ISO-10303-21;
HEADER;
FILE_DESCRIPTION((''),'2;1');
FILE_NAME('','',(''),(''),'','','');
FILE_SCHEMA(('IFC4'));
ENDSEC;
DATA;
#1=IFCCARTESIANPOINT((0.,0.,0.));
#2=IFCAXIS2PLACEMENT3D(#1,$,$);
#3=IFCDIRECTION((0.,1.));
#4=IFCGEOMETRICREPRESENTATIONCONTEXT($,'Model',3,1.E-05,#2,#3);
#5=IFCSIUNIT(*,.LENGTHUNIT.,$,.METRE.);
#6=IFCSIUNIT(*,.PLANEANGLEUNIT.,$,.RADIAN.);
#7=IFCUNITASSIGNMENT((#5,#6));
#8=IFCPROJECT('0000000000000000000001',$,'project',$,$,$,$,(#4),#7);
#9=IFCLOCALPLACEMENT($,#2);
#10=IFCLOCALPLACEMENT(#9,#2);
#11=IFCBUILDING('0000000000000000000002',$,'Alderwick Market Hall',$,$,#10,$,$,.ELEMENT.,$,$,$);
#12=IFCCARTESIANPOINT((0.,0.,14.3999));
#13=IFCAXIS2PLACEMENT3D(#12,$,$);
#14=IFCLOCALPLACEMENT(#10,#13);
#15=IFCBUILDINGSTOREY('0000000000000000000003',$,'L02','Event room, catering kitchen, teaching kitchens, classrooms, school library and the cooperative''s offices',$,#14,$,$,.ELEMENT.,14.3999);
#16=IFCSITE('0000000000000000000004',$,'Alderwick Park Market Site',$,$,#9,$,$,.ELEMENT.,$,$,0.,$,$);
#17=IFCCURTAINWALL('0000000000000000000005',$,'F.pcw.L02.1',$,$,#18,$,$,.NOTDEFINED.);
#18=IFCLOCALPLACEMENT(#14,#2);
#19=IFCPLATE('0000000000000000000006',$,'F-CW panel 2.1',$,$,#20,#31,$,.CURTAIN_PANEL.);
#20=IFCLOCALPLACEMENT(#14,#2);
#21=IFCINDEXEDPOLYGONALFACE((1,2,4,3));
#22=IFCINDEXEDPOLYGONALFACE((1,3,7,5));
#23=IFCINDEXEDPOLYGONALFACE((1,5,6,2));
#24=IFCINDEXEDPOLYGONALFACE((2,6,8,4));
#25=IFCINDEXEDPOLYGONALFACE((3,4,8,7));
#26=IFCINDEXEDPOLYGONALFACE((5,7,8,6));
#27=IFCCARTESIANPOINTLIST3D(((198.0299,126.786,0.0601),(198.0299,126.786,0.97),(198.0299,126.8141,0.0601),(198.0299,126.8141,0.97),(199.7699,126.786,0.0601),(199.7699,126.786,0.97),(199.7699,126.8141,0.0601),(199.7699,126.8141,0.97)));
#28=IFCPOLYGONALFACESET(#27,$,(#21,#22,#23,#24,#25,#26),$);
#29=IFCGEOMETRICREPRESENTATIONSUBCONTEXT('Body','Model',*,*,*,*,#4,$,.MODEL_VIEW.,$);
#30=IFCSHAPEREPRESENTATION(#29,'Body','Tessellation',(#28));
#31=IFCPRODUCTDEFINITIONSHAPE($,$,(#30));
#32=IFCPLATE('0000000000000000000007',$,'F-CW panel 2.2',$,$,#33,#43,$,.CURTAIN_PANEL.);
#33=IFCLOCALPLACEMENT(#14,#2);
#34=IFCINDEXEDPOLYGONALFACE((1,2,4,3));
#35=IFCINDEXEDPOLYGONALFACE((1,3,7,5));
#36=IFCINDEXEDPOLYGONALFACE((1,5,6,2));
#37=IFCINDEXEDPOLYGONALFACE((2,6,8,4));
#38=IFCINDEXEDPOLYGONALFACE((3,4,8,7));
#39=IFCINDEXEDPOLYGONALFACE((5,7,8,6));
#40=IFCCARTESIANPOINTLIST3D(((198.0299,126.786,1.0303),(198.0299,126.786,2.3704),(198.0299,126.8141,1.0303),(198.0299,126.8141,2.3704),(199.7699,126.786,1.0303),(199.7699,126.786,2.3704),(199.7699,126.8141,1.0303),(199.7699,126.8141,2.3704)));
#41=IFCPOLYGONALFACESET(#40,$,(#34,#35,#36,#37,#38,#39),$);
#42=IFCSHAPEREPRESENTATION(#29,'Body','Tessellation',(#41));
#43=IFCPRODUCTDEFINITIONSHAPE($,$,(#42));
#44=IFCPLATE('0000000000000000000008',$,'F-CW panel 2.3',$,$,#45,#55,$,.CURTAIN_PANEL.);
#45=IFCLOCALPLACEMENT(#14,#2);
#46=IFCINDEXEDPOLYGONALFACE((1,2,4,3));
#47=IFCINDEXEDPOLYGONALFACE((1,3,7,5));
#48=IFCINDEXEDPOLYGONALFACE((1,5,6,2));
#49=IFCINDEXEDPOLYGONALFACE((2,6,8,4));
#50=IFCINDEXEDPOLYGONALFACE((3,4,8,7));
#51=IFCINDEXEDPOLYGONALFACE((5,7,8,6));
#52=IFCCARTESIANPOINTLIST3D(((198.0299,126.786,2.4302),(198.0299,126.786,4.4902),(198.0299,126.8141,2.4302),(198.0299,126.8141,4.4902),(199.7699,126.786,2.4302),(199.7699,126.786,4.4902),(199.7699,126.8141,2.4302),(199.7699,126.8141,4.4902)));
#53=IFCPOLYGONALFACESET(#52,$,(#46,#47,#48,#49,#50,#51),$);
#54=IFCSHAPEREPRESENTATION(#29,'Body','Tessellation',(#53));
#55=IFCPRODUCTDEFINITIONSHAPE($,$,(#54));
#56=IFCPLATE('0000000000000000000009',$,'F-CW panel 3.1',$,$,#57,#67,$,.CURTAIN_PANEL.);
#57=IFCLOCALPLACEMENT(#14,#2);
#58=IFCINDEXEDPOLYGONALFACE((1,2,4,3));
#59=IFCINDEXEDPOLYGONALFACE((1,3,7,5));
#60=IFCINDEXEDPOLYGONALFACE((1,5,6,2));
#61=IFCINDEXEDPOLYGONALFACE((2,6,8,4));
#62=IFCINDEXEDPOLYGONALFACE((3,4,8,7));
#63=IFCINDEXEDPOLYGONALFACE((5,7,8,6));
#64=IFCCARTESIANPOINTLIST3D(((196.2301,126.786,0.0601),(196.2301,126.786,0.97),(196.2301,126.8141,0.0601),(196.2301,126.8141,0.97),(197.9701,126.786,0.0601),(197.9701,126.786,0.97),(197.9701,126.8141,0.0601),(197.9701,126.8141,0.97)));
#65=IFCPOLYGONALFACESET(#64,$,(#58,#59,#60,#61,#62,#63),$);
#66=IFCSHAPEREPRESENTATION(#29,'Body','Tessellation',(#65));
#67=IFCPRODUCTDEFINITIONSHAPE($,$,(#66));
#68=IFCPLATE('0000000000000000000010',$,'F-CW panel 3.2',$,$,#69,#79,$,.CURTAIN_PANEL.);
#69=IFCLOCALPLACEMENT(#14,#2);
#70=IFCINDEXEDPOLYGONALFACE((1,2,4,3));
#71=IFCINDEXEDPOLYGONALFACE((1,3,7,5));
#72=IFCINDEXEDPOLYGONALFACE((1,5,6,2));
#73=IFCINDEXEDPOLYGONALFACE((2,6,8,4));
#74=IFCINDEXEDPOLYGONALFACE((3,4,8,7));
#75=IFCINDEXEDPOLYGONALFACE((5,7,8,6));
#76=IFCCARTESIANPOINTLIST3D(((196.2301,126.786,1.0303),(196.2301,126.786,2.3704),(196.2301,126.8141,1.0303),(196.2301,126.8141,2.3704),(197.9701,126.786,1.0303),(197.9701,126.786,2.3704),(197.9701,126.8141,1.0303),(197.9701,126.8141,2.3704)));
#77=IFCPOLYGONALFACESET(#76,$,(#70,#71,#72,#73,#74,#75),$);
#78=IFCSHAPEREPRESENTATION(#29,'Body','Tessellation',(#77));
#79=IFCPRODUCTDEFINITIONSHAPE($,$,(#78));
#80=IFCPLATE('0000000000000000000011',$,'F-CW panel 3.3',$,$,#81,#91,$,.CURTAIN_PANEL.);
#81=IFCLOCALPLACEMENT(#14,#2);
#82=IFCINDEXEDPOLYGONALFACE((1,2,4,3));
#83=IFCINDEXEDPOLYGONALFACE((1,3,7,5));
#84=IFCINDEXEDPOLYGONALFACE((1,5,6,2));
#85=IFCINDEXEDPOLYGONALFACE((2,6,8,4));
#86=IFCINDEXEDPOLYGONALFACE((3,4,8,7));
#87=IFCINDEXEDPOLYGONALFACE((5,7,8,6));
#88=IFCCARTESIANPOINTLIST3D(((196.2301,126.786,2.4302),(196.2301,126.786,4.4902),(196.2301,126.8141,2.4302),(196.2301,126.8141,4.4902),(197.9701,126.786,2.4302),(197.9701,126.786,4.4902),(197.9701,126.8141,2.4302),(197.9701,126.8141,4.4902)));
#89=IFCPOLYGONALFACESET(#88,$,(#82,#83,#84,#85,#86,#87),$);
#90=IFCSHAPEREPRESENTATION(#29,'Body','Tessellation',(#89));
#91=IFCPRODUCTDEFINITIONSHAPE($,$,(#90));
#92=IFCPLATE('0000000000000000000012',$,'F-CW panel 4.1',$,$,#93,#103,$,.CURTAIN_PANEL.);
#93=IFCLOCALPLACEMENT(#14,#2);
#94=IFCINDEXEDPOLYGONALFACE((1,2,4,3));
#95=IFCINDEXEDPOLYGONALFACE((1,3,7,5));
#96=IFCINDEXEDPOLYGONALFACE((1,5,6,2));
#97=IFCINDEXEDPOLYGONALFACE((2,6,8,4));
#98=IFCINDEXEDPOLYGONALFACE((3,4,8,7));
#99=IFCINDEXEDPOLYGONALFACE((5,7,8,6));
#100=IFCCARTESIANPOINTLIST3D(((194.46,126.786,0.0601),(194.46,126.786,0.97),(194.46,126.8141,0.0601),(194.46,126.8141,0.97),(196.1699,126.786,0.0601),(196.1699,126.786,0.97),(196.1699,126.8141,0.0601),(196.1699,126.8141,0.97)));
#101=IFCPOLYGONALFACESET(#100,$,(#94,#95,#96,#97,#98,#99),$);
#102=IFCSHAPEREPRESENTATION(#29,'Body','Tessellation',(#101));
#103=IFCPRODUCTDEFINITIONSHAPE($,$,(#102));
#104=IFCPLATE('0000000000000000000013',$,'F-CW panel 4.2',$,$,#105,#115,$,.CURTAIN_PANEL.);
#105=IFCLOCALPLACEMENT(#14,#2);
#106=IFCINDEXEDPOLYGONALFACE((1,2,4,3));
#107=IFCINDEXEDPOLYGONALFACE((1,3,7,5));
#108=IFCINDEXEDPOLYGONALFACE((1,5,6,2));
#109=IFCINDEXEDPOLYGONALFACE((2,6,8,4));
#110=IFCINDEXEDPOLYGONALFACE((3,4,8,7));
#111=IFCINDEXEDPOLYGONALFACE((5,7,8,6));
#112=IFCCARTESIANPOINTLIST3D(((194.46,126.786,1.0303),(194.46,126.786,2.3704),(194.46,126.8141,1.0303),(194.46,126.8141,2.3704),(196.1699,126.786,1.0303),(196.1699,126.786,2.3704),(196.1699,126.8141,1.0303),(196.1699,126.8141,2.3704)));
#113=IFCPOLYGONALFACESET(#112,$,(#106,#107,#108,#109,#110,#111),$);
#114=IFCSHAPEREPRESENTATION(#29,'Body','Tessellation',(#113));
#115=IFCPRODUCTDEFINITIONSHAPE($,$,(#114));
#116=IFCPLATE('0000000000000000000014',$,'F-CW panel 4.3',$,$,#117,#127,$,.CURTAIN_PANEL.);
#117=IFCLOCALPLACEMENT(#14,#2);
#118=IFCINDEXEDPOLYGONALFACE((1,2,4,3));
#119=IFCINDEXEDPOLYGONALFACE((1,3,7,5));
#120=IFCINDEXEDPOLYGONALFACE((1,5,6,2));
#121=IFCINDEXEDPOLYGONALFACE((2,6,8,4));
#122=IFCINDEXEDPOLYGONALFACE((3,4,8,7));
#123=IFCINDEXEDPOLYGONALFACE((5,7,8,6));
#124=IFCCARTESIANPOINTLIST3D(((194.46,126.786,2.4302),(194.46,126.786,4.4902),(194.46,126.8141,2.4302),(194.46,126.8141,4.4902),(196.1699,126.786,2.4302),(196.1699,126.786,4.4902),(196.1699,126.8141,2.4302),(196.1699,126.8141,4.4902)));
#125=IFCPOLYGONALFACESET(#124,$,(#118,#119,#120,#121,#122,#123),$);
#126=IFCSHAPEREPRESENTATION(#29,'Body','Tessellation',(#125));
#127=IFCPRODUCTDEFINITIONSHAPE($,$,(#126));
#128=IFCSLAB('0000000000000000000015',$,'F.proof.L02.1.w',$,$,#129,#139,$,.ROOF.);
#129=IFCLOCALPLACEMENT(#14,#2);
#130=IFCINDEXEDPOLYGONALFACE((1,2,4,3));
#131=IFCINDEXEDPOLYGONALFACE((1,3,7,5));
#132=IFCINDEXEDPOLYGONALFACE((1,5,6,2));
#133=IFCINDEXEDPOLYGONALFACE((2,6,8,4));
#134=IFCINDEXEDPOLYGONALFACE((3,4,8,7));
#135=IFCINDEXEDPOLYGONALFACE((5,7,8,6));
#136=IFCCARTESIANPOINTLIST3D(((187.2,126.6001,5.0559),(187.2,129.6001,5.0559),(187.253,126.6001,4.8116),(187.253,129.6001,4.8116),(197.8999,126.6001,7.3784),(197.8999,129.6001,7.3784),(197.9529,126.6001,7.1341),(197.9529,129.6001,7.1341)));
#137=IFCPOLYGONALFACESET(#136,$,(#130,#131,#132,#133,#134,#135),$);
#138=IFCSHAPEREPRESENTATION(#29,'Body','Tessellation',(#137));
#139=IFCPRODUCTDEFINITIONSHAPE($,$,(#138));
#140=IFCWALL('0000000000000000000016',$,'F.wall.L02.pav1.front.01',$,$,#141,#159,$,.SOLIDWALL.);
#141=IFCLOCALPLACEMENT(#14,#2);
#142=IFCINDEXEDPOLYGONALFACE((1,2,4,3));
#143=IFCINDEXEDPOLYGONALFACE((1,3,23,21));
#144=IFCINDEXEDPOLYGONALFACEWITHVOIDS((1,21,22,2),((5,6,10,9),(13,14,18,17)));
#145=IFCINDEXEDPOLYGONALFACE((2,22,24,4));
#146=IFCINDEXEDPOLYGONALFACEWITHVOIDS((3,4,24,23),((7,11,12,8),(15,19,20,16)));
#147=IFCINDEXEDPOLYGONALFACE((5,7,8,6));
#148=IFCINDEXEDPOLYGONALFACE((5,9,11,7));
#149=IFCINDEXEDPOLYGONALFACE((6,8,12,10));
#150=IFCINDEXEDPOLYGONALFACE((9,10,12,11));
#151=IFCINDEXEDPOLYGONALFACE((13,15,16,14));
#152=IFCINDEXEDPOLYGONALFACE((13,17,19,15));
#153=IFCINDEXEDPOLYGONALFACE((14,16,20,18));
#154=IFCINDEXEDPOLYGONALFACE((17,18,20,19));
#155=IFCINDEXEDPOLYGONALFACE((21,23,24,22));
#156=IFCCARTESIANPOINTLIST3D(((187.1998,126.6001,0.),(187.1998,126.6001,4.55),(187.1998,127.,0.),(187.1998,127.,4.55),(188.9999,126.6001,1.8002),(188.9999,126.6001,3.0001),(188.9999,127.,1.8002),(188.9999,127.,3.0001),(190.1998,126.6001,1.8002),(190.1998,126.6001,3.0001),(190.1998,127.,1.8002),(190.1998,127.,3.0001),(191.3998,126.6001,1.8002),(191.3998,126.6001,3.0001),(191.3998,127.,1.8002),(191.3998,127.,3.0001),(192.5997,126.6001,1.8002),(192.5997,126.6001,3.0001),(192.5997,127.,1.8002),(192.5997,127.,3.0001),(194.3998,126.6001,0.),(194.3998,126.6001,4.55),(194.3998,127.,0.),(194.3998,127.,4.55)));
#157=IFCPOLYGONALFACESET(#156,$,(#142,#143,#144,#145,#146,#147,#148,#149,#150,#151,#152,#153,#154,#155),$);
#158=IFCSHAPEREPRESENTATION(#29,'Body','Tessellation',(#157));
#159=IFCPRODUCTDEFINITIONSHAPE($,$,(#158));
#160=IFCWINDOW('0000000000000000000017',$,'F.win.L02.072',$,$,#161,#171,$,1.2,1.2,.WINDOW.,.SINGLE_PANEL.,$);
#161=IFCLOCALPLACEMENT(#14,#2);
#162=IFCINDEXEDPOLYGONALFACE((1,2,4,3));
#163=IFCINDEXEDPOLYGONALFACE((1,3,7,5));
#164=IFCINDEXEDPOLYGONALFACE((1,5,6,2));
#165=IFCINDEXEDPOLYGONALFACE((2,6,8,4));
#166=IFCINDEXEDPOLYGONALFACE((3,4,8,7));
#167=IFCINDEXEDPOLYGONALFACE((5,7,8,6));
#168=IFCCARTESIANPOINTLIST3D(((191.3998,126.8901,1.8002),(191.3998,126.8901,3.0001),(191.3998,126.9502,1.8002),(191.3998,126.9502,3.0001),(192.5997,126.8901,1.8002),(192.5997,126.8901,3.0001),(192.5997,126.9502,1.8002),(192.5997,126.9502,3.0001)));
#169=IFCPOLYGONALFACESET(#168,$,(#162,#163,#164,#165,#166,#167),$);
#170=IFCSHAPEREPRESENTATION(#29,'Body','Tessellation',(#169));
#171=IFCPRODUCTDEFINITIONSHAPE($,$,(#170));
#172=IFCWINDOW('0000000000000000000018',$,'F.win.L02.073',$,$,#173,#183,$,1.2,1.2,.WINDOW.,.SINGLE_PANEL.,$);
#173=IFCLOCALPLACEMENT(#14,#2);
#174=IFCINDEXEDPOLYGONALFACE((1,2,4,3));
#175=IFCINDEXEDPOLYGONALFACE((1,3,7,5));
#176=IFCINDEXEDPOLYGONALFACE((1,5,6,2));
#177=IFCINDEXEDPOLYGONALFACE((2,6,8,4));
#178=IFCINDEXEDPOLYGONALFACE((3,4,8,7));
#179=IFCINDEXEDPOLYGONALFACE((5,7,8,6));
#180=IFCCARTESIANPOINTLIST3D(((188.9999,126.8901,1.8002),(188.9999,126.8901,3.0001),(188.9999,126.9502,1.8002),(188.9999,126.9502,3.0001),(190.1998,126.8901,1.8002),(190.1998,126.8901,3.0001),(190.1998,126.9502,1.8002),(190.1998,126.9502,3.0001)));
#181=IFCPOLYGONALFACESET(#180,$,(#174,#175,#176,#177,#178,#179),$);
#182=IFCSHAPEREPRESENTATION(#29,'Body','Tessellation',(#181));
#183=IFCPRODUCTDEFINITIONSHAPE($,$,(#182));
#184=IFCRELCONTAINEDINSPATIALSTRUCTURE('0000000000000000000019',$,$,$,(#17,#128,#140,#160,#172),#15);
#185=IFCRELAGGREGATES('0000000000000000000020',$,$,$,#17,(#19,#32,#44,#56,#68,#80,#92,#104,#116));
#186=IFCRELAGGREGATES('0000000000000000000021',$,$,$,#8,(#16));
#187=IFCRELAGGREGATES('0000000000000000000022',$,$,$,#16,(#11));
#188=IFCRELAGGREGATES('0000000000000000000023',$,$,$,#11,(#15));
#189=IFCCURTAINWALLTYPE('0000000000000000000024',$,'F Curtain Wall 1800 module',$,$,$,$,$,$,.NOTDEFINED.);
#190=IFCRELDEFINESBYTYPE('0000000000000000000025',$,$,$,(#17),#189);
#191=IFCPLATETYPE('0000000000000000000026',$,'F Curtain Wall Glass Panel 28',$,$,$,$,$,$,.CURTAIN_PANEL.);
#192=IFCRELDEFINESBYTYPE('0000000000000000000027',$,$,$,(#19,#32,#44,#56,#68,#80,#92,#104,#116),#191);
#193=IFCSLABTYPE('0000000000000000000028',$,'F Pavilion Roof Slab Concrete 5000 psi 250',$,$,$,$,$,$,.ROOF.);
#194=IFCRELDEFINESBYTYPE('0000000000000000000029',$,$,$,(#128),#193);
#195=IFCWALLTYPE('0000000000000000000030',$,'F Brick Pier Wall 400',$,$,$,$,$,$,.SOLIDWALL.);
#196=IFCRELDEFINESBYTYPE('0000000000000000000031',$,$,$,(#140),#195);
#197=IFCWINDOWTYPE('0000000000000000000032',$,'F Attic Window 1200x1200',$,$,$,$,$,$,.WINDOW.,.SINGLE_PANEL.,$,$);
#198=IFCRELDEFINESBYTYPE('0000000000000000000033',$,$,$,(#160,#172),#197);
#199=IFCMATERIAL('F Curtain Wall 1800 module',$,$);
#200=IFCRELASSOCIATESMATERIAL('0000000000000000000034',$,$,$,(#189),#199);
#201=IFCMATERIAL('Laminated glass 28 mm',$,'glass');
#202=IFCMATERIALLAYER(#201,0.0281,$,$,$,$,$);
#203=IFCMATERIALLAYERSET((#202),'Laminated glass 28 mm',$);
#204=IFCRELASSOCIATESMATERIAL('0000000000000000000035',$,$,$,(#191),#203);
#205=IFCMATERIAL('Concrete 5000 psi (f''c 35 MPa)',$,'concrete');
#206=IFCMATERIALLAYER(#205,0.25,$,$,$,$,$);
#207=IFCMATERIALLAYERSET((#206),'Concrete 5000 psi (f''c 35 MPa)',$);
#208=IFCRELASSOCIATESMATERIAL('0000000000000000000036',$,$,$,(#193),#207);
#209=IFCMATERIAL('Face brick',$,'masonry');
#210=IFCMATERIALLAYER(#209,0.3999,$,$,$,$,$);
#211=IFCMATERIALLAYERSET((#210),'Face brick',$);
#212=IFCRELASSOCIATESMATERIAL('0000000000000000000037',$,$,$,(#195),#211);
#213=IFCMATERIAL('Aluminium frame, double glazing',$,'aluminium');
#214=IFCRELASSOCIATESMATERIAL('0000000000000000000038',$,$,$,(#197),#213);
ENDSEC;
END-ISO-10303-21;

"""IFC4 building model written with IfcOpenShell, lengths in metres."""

from ifc_helpers import new_model, si_unit, direction, frame, frame_2d, origin, origin_2d, place, context, subcontext, project, spatial, polyline, rectangle, outline, extrude, material, layer, layer_set, type_object, element, fill, aggregate, save


model = new_model("IFC4")

# Units and contexts
model_context = context("Model", 3, precision=1e-05, world=origin(), true_north=direction((0.0, 1.0)))
body_context = subcontext(model_context, "Body", "Model", "MODEL_VIEW")
ifc_project = project(units=[si_unit("LENGTHUNIT", "METRE"), si_unit("PLANEANGLEUNIT", "RADIAN")], contexts=[model_context])

# Site, building, storey
site_placement = place(None, origin())
site = spatial("IfcSite", under=ifc_project, at=site_placement, Name="Alderwick Park Market Site", CompositionType="ELEMENT", RefElevation=0.0)
building_placement = place(site_placement, origin())
building = spatial("IfcBuilding", under=site, at=building_placement, Name="Alderwick Market Hall", CompositionType="ELEMENT")
storey_placement = place(building_placement, frame((0.0, 0.0, 14.3999)))
storey = spatial("IfcBuildingStorey", under=building, at=storey_placement, Name="L02", Description="Event room, catering kitchen, teaching kitchens, classrooms, school library and the cooperative's offices", CompositionType="ELEMENT", Elevation=14.3999)

# Curtain wall, plates
ifc_material_1 = material(Name="F Curtain Wall 1800 module")
curtain_wall_type = type_object("IfcCurtainWallType", Name="F Curtain Wall 1800 module", PredefinedType="NOTDEFINED", material=ifc_material_1)
curtain_wall_placement = place(storey_placement, origin())
curtain_wall = element("IfcCurtainWall", 1, at=curtain_wall_placement, inside=storey, type_object=curtain_wall_type, Name="F.pcw.L02.1", PredefinedType="NOTDEFINED")
ifc_material_2 = material(Name="Laminated glass 28 mm", Category="glass")
ifc_layer_1 = layer(ifc_material_2, 0.0281)
ifc_layer_set_1 = layer_set([ifc_layer_1], Name="Laminated glass 28 mm")
plate_type = type_object("IfcPlateType", Name="F Curtain Wall Glass Panel 28", PredefinedType="CURTAIN_PANEL", material=ifc_layer_set_1)
plate_1_placement = place(storey_placement, frame((198.8999, 126.8, 0.0601), z_axis=(0.0, 0.0, 1.0), x_axis=(-1.0, 0.0, 0.0)))
plate_1 = element("IfcPlate", 2, at=plate_1_placement, type_object=plate_type, Name="F-CW panel 2.1", PredefinedType="CURTAIN_PANEL", context=body_context, shape_type="SweptSolid", body=[
    extrude(rectangle(XDim=1.74, YDim=0.0281, at=origin_2d()), origin(), (0.0, 0.0, 1.0), 0.9099),
])
plate_2_placement = place(storey_placement, frame((198.8999, 126.8, 1.0303), z_axis=(0.0, 0.0, 1.0), x_axis=(-1.0, 0.0, 0.0)))
plate_2 = element("IfcPlate", 3, at=plate_2_placement, type_object=plate_type, Name="F-CW panel 2.2", PredefinedType="CURTAIN_PANEL", context=body_context, shape_type="SweptSolid", body=[
    extrude(rectangle(XDim=1.74, YDim=0.0281, at=origin_2d()), origin(), (0.0, 0.0, 1.0), 1.3401),
])
plate_3_placement = place(storey_placement, frame((198.8999, 126.8, 2.4302), z_axis=(0.0, 0.0, 1.0), x_axis=(-1.0, 0.0, 0.0)))
plate_3 = element("IfcPlate", 4, at=plate_3_placement, type_object=plate_type, Name="F-CW panel 2.3", PredefinedType="CURTAIN_PANEL", context=body_context, shape_type="SweptSolid", body=[
    extrude(rectangle(XDim=1.74, YDim=0.0281, at=origin_2d()), origin(), (0.0, 0.0, 1.0), 2.0601),
])
plate_4_placement = place(storey_placement, frame((197.1001, 126.8, 0.0601), z_axis=(0.0, 0.0, 1.0), x_axis=(-1.0, 0.0, 0.0)))
plate_4 = element("IfcPlate", 5, at=plate_4_placement, type_object=plate_type, Name="F-CW panel 3.1", PredefinedType="CURTAIN_PANEL", context=body_context, shape_type="SweptSolid", body=[
    extrude(rectangle(XDim=1.74, YDim=0.0281, at=origin_2d()), origin(), (0.0, 0.0, 1.0), 0.9099),
])
plate_5_placement = place(storey_placement, frame((197.1001, 126.8, 1.0303), z_axis=(0.0, 0.0, 1.0), x_axis=(-1.0, 0.0, 0.0)))
plate_5 = element("IfcPlate", 6, at=plate_5_placement, type_object=plate_type, Name="F-CW panel 3.2", PredefinedType="CURTAIN_PANEL", context=body_context, shape_type="SweptSolid", body=[
    extrude(rectangle(XDim=1.74, YDim=0.0281, at=origin_2d()), origin(), (0.0, 0.0, 1.0), 1.3401),
])
plate_6_placement = place(storey_placement, frame((197.1001, 126.8, 2.4302), z_axis=(0.0, 0.0, 1.0), x_axis=(-1.0, 0.0, 0.0)))
plate_6 = element("IfcPlate", 7, at=plate_6_placement, type_object=plate_type, Name="F-CW panel 3.3", PredefinedType="CURTAIN_PANEL", context=body_context, shape_type="SweptSolid", body=[
    extrude(rectangle(XDim=1.74, YDim=0.0281, at=origin_2d()), origin(), (0.0, 0.0, 1.0), 2.0601),
])
plate_7_placement = place(storey_placement, frame((195.3149, 126.8, 0.0601), z_axis=(0.0, 0.0, 1.0), x_axis=(-1.0, 0.0, 0.0)))
plate_7 = element("IfcPlate", 8, at=plate_7_placement, type_object=plate_type, Name="F-CW panel 4.1", PredefinedType="CURTAIN_PANEL", context=body_context, shape_type="SweptSolid", body=[
    extrude(rectangle(XDim=1.71, YDim=0.0281, at=origin_2d()), origin(), (0.0, 0.0, 1.0), 0.9099),
])
plate_8_placement = place(storey_placement, frame((195.3149, 126.8, 1.0303), z_axis=(0.0, 0.0, 1.0), x_axis=(-1.0, 0.0, 0.0)))
plate_8 = element("IfcPlate", 9, at=plate_8_placement, type_object=plate_type, Name="F-CW panel 4.2", PredefinedType="CURTAIN_PANEL", context=body_context, shape_type="SweptSolid", body=[
    extrude(rectangle(XDim=1.71, YDim=0.0281, at=origin_2d()), origin(), (0.0, 0.0, 1.0), 1.3401),
])
plate_9_placement = place(storey_placement, frame((195.3149, 126.8, 2.4302), z_axis=(0.0, 0.0, 1.0), x_axis=(-1.0, 0.0, 0.0)))
plate_9 = element("IfcPlate", 10, at=plate_9_placement, type_object=plate_type, Name="F-CW panel 4.3", PredefinedType="CURTAIN_PANEL", context=body_context, shape_type="SweptSolid", body=[
    extrude(rectangle(XDim=1.71, YDim=0.0281, at=origin_2d()), origin(), (0.0, 0.0, 1.0), 2.0601),
])
aggregate(curtain_wall, [plate_1, plate_2, plate_3, plate_4, plate_5, plate_6, plate_7, plate_8, plate_9])

# Slab
ifc_material_3 = material(Name="Concrete 5000 psi (f'c 35 MPa)", Category="concrete")
ifc_layer_2 = layer(ifc_material_3, 0.25)
ifc_layer_set_2 = layer_set([ifc_layer_2], Name="Concrete 5000 psi (f'c 35 MPa)")
slab_type = type_object("IfcSlabType", Name="F Pavilion Roof Slab Concrete 5000 psi 250", PredefinedType="ROOF", material=ifc_layer_set_2)
slab_placement = place(storey_placement, frame((187.2, 126.6001, 5.0559), z_axis=(-0.212119, 0.0, 0.977244), x_axis=(0.0, 1.0, 0.0)))
element("IfcSlab", 11, at=slab_placement, inside=storey, type_object=slab_type, Name="F.proof.L02.1.w", PredefinedType="ROOF", context=body_context, shape_type="SweptSolid", body=[
    extrude(outline(polyline([(0.0, 0.0), (3.0, 0.0), (3.0, -10.9491), (0.0, -10.9491), (0.0, 0.0)])), origin(), (0.0, 0.0, -1.0), 0.25),
])

# Wall, openings, windows
ifc_material_4 = material(Name="Face brick", Category="masonry")
ifc_layer_3 = layer(ifc_material_4, 0.3999)
ifc_layer_set_3 = layer_set([ifc_layer_3], Name="Face brick")
wall_type = type_object("IfcWallType", Name="F Brick Pier Wall 400", PredefinedType="SOLIDWALL", material=ifc_layer_set_3)
wall_placement = place(storey_placement, frame((194.3999, 126.8, 0.0), z_axis=(0.0, 0.0, 1.0), x_axis=(-1.0, 0.0, 0.0)))
wall = element("IfcWall", 12, at=wall_placement, inside=storey, type_object=wall_type, Name="F.wall.L02.pav1.front.01", PredefinedType="SOLIDWALL", context=body_context, shape_type="SweptSolid", body=[
    extrude(rectangle(XDim=7.2, YDim=0.3999, at=frame_2d((3.6001, 0.0))), origin(), (0.0, 0.0, 1.0), 4.55),
])
opening_1_placement = place(wall_placement, frame((1.8, 0.0, 1.8)))
opening_1 = element("IfcOpeningElement", 13, at=opening_1_placement, cuts=wall, PredefinedType="OPENING", context=body_context, shape_type="SweptSolid", body=[
    extrude(rectangle(XDim=1.2, YDim=1.2, at=frame_2d((0.6001, 0.6001))), frame((0.0, 0.21, 0.0), z_axis=(0.0, -1.0, 0.0), x_axis=(1.0, 0.0, 0.0)), (0.0, 0.0, 1.0), 0.4199),
])
opening_2_placement = place(wall_placement, frame((4.2, 0.0, 1.8)))
opening_2 = element("IfcOpeningElement", 14, at=opening_2_placement, cuts=wall, PredefinedType="OPENING", context=body_context, shape_type="SweptSolid", body=[
    extrude(rectangle(XDim=1.2, YDim=1.2, at=frame_2d((0.6001, 0.6001))), frame((0.0, 0.21, 0.0), z_axis=(0.0, -1.0, 0.0), x_axis=(1.0, 0.0, 0.0)), (0.0, 0.0, 1.0), 0.4199),
])
ifc_material_5 = material(Name="Aluminium frame, double glazing", Category="aluminium")
window_type = type_object("IfcWindowType", Name="F Attic Window 1200x1200", PartitioningType="SINGLE_PANEL", PredefinedType="WINDOW", material=ifc_material_5)
window_1_placement = place(opening_1_placement, origin())
window_1 = element("IfcWindow", 15, at=window_1_placement, inside=storey, type_object=window_type, Name="F.win.L02.072", OverallHeight=1.2, OverallWidth=1.2, PartitioningType="SINGLE_PANEL", PredefinedType="WINDOW", context=body_context, shape_type="SweptSolid", body=[
    extrude(rectangle(XDim=1.2, YDim=1.2, at=frame_2d((0.6001, 0.6001))), frame((0.0, -0.0901, 0.0), z_axis=(0.0, -1.0, 0.0), x_axis=(1.0, 0.0, 0.0)), (0.0, 0.0, 1.0), 0.0601),
])
fill(opening_1, window_1)
window_2_placement = place(opening_2_placement, origin())
window_2 = element("IfcWindow", 16, at=window_2_placement, inside=storey, type_object=window_type, Name="F.win.L02.073", OverallHeight=1.2, OverallWidth=1.2, PartitioningType="SINGLE_PANEL", PredefinedType="WINDOW", context=body_context, shape_type="SweptSolid", body=[
    extrude(rectangle(XDim=1.2, YDim=1.2, at=frame_2d((0.6001, 0.6001))), frame((0.0, -0.0901, 0.0), z_axis=(0.0, -1.0, 0.0), x_axis=(1.0, 0.0, 0.0)), (0.0, 0.0, 1.0), 0.0601),
])
fill(opening_2, window_2)

save(model, "model.ifc")
